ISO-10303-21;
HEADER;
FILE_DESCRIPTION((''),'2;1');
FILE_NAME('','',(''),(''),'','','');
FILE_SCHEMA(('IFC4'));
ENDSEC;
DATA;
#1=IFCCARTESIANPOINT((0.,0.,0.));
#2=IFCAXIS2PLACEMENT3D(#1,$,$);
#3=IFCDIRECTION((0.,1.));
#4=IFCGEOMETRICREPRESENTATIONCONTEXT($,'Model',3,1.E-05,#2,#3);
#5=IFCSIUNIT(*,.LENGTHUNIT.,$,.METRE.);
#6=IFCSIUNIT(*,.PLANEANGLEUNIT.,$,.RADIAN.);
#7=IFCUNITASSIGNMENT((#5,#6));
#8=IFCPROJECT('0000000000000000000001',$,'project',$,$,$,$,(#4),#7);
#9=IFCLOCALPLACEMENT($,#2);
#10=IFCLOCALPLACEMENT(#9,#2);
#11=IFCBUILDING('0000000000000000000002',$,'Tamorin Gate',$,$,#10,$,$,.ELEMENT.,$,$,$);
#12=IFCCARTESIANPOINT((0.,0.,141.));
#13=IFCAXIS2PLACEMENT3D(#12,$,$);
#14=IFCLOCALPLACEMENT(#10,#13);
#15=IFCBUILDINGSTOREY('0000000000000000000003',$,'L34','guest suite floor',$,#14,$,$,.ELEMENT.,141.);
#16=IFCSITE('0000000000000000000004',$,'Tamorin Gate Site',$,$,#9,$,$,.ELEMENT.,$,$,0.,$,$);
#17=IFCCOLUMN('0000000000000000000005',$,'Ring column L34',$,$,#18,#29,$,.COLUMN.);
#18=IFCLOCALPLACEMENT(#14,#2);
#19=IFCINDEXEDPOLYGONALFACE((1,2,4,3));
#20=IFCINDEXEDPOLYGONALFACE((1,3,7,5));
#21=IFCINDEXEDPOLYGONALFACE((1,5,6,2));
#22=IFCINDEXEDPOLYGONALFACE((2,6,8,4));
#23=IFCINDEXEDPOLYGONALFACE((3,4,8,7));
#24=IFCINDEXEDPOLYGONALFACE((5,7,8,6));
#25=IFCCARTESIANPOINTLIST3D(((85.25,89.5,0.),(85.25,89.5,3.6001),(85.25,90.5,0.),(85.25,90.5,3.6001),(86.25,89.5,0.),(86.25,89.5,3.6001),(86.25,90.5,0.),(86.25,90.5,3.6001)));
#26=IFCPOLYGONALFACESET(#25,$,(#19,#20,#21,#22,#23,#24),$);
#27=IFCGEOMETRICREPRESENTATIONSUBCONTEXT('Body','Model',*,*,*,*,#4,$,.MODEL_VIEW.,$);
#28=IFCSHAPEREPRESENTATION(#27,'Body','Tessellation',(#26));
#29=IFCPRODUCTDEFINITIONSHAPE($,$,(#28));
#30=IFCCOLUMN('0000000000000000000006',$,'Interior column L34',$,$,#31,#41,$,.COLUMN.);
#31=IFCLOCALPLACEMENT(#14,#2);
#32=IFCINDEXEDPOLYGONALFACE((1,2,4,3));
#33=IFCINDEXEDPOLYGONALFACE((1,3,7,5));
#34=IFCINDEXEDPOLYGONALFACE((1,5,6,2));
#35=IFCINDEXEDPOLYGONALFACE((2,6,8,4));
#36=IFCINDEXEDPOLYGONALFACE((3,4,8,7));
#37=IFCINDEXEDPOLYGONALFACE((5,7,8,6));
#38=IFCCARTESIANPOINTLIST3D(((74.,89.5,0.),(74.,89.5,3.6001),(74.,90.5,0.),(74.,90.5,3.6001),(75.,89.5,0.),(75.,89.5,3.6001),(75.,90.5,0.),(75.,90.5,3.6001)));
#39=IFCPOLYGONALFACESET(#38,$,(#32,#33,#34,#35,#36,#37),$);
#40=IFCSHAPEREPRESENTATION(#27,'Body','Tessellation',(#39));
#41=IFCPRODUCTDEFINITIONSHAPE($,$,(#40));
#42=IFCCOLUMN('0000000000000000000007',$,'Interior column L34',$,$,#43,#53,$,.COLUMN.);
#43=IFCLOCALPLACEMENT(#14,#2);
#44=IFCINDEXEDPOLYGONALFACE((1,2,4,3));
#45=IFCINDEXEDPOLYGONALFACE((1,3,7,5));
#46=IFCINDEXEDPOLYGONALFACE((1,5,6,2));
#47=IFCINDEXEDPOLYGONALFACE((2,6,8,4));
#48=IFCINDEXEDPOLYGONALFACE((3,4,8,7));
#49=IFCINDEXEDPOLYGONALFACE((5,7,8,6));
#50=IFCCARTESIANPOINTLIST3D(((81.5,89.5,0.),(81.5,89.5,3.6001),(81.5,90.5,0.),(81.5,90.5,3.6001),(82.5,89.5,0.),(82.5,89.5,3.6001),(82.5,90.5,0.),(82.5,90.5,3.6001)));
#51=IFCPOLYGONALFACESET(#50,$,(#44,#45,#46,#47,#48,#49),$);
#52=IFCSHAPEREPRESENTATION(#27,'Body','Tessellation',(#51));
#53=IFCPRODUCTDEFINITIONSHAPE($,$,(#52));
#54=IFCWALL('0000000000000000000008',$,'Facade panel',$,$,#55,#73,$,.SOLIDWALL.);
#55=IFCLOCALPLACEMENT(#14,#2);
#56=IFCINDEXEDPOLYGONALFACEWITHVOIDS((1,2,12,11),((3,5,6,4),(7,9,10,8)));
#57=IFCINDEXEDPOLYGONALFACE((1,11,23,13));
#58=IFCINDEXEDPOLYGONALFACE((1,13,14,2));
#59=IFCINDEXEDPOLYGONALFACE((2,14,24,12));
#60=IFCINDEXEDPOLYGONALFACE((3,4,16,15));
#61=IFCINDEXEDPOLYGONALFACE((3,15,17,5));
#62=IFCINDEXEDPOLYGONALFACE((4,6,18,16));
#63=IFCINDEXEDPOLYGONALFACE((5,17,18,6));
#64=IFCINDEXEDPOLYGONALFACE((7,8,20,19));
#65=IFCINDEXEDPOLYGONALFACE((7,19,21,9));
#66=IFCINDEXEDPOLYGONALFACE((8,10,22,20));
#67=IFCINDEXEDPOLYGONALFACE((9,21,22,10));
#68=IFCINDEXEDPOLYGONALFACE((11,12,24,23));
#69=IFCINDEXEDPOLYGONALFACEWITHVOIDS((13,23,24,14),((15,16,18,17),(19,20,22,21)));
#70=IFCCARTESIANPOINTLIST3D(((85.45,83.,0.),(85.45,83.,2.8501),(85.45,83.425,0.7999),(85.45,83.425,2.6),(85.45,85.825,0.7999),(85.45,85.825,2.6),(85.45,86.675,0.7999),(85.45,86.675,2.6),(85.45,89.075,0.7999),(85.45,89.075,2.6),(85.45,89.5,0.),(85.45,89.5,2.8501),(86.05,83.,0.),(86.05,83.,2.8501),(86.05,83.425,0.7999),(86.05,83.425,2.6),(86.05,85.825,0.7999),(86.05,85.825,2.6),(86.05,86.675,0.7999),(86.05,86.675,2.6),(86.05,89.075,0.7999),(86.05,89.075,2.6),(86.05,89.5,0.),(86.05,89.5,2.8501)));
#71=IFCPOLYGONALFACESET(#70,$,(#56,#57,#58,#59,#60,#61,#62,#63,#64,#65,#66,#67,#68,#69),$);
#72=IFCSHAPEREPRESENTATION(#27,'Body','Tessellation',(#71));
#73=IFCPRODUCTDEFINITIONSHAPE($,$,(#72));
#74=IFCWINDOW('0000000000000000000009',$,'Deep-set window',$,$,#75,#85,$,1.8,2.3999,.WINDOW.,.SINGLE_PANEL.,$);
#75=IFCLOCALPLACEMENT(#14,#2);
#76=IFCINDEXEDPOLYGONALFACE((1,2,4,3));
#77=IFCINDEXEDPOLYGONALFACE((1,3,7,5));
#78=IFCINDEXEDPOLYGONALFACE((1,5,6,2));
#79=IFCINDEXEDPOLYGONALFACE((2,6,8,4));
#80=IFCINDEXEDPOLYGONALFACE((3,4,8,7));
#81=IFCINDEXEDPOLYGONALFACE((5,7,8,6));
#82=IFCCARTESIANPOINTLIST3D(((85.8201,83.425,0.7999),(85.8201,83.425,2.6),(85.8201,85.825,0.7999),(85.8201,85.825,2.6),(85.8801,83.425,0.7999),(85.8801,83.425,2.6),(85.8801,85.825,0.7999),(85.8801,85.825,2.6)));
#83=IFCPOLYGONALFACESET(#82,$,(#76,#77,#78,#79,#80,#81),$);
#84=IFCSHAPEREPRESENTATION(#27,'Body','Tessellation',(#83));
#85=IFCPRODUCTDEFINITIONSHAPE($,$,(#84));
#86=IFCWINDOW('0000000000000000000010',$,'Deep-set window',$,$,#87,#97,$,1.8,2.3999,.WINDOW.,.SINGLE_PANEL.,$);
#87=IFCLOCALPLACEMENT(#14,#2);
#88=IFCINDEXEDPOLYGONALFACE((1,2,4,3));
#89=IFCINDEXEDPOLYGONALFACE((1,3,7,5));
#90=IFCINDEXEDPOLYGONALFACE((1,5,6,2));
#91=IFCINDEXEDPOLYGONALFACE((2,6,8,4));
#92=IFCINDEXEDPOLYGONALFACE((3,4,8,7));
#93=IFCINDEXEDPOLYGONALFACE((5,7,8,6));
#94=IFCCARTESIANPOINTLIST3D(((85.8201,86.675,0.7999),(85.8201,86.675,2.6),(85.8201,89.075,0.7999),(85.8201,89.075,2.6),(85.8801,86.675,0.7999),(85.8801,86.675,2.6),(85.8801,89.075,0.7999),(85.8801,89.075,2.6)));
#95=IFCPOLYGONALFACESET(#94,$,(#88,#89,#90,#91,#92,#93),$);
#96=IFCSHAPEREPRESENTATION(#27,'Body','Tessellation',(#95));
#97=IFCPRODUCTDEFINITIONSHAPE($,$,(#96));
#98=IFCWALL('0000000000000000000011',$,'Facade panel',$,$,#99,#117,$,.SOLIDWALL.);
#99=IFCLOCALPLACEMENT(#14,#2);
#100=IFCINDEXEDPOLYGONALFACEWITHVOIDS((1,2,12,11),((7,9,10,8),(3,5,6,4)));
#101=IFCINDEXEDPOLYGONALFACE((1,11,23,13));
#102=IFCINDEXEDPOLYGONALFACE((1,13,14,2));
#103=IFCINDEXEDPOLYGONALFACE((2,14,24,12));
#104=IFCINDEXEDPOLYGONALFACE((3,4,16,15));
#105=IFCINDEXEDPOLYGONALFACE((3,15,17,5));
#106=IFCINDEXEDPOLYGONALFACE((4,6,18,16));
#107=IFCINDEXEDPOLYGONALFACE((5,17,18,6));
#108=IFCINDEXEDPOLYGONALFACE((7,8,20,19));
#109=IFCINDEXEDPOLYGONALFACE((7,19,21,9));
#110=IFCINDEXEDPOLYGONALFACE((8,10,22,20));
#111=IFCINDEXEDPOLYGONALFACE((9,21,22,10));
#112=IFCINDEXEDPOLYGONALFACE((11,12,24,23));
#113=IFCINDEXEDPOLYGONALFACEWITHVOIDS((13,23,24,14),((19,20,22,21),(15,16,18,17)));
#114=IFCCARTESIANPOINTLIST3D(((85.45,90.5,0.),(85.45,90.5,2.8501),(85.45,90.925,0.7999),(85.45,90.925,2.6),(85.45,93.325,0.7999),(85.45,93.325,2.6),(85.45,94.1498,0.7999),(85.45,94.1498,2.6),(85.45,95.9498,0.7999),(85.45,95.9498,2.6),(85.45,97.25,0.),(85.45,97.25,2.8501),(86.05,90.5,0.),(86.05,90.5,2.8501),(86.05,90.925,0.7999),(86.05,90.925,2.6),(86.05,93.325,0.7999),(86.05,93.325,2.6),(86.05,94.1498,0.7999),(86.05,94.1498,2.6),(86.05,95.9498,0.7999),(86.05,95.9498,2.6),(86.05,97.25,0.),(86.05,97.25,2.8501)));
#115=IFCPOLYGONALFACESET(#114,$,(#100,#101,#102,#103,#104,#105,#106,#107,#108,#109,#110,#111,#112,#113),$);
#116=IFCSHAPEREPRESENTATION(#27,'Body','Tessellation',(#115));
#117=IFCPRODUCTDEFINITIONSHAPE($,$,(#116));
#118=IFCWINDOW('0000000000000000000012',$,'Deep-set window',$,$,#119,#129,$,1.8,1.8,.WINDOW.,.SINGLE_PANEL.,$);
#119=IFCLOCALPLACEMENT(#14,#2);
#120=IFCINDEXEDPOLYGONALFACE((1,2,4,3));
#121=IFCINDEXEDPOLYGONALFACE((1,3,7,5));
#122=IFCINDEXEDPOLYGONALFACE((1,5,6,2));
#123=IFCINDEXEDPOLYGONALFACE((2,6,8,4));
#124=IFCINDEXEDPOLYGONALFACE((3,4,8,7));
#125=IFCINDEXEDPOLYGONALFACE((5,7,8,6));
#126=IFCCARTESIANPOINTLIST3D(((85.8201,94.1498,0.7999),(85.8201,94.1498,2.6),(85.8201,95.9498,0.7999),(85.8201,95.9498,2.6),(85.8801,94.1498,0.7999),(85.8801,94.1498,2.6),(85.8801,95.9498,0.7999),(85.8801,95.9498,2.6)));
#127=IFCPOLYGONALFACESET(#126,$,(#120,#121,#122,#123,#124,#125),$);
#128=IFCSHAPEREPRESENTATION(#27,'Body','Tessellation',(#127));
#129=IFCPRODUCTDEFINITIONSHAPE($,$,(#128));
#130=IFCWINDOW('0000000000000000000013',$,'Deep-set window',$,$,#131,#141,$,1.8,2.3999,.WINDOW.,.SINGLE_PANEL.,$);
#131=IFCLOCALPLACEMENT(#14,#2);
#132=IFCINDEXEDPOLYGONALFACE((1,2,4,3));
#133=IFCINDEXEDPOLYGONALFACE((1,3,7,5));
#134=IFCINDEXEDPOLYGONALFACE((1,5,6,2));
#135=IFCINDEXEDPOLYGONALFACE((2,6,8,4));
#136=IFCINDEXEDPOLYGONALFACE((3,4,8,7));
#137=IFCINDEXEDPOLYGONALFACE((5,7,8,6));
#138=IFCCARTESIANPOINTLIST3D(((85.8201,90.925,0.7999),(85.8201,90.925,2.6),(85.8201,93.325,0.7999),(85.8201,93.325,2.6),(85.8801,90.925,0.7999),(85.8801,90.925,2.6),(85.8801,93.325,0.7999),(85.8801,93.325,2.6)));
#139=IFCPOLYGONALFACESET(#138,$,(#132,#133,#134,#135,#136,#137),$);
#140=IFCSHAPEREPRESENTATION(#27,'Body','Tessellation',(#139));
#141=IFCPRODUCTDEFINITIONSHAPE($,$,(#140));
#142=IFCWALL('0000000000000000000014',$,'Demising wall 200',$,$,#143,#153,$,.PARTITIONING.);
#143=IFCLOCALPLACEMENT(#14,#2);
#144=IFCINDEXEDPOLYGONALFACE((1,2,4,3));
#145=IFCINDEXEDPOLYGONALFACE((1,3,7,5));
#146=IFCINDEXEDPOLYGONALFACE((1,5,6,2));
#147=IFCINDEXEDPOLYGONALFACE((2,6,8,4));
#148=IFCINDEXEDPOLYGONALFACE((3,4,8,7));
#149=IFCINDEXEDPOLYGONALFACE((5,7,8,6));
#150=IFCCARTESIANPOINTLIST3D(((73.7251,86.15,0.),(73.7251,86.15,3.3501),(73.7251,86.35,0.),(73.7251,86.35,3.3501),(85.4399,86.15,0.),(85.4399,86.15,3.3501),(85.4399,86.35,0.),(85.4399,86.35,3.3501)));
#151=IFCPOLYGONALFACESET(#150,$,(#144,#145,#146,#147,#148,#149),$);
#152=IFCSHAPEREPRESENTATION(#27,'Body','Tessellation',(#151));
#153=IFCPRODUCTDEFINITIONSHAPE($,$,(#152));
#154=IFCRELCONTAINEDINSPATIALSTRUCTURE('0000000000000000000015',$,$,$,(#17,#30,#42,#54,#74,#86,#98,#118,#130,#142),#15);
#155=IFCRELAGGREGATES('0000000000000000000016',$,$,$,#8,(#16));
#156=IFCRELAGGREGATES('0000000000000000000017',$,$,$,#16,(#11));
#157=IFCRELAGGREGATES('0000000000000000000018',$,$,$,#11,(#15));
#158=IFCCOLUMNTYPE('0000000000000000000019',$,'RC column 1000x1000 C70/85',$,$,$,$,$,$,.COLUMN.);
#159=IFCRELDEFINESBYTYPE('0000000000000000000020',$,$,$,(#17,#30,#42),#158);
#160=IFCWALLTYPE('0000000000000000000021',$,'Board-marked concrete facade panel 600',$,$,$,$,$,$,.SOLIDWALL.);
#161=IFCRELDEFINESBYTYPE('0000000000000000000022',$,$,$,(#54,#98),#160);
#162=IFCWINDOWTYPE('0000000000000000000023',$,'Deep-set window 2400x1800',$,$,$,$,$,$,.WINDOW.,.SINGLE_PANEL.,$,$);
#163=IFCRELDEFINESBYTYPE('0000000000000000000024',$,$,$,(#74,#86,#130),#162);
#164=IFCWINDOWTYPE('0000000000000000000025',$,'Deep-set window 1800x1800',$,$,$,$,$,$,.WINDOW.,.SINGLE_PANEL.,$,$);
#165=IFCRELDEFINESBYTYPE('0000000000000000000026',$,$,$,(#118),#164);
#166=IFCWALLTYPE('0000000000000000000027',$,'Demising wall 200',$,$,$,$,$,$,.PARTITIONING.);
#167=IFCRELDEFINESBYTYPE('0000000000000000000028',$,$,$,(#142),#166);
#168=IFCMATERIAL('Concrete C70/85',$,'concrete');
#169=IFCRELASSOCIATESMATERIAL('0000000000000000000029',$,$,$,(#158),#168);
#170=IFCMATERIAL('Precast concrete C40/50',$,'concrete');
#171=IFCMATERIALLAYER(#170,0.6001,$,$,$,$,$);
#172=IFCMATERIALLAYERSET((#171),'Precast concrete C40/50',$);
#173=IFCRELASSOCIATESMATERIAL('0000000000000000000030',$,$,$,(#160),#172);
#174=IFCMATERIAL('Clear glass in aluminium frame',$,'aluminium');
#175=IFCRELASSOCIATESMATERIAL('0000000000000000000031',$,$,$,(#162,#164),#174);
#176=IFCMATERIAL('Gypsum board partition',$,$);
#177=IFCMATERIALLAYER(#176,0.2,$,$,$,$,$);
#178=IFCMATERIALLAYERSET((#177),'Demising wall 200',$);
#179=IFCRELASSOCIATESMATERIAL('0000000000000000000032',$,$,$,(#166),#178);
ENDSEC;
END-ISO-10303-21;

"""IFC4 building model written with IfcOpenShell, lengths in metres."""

from ifc_helpers import new_model, si_unit, direction, frame, frame_2d, origin, origin_2d, place, context, subcontext, project, spatial, rectangle, extrude, material, layer, layer_set, material_profile, profile_set, type_object, element, fill, save


model = new_model("IFC4")

# Units and contexts
model_context = context("Model", 3, precision=1e-05, world=origin(), true_north=direction((0.0, 1.0)))
body_context = subcontext(model_context, "Body", "Model", "MODEL_VIEW")
ifc_project = project(units=[si_unit("LENGTHUNIT", "METRE"), si_unit("PLANEANGLEUNIT", "RADIAN")], contexts=[model_context])

# Site, building, storey
site_placement = place(None, origin())
site = spatial("IfcSite", under=ifc_project, at=site_placement, Name="Tamorin Gate Site", CompositionType="ELEMENT", RefElevation=0.0)
building_placement = place(site_placement, origin())
building = spatial("IfcBuilding", under=site, at=building_placement, Name="Tamorin Gate", CompositionType="ELEMENT")
storey_placement = place(building_placement, frame((0.0, 0.0, 141.0)))
storey = spatial("IfcBuildingStorey", under=building, at=storey_placement, Name="L34", Description="guest suite floor", CompositionType="ELEMENT", Elevation=141.0)

# Columns
ifc_material_1 = material(Name="Concrete C70/85", Category="concrete")
ifc_material_profile = material_profile(ifc_material_1, rectangle(XDim=1.0, YDim=1.0, at=origin_2d()), Name="RC 1000x1000")
ifc_profile_set = profile_set([ifc_material_profile], Name="Concrete C70/85")
column_type = type_object("IfcColumnType", Name="RC column 1000x1000 C70/85", PredefinedType="COLUMN", material=ifc_profile_set)
for number, where, z_axis, x_axis, name in (
    (1, (85.75, 90.0, 0.0), (0.0, 0.0, 1.0), (1.0, 0.0, 0.0), "Ring column L34"),
    (2, (74.5, 90.0, 0.0), (0.0, 0.0, 1.0), (1.0, 0.0, 0.0), "Interior column L34"),
    (3, (82.0, 90.0, 0.0), (0.0, 0.0, 1.0), (1.0, 0.0, 0.0), "Interior column L34"),
):
    element("IfcColumn", number, at=place(storey_placement, frame(where, z_axis=z_axis, x_axis=x_axis)), inside=storey, type_object=column_type, Name=name, PredefinedType="COLUMN", context=body_context, shape_type="SweptSolid", body=[
        extrude(rectangle(XDim=1.0, YDim=1.0, at=origin_2d()), origin(), (0.0, 0.0, 1.0), 3.6001),
    ])

# Walls, openings, windows
ifc_material_2 = material(Name="Precast concrete C40/50", Category="concrete")
ifc_layer_1 = layer(ifc_material_2, 0.6001)
ifc_layer_set_1 = layer_set([ifc_layer_1], Name="Precast concrete C40/50")
wall_type_1 = type_object("IfcWallType", Name="Board-marked concrete facade panel 600", PredefinedType="SOLIDWALL", material=ifc_layer_set_1)
wall_1_placement = place(storey_placement, frame((85.75, 83.0, 0.0), z_axis=(0.0, 0.0, 1.0), x_axis=(0.0, 1.0, 0.0)))
wall_1 = element("IfcWall", 4, at=wall_1_placement, inside=storey, type_object=wall_type_1, Name="Facade panel", PredefinedType="SOLIDWALL", context=body_context, shape_type="SweptSolid", body=[
    extrude(rectangle(XDim=6.5, YDim=0.6001, at=frame_2d((3.25, 0.0))), origin(), (0.0, 0.0, 1.0), 2.8501),
])
opening_1_placement = place(wall_1_placement, frame((0.425, 0.0, 0.8)))
opening_1 = element("IfcOpeningElement", 5, at=opening_1_placement, cuts=wall_1, PredefinedType="OPENING", context=body_context, shape_type="SweptSolid", body=[
    extrude(rectangle(XDim=2.3999, YDim=1.8, at=frame_2d((1.2, 0.8999))), frame((0.0, 0.3101, 0.0), z_axis=(0.0, -1.0, 0.0), x_axis=(1.0, 0.0, 0.0)), (0.0, 0.0, 1.0), 0.6201),
])
opening_2_placement = place(wall_1_placement, frame((3.675, 0.0, 0.8)))
opening_2 = element("IfcOpeningElement", 6, at=opening_2_placement, cuts=wall_1, PredefinedType="OPENING", context=body_context, shape_type="SweptSolid", body=[
    extrude(rectangle(XDim=2.3999, YDim=1.8, at=frame_2d((1.2, 0.8999))), frame((0.0, 0.3101, 0.0), z_axis=(0.0, -1.0, 0.0), x_axis=(1.0, 0.0, 0.0)), (0.0, 0.0, 1.0), 0.6201),
])
ifc_material_3 = material(Name="Clear glass in aluminium frame", Category="aluminium")
window_type_1 = type_object("IfcWindowType", Name="Deep-set window 2400x1800", PartitioningType="SINGLE_PANEL", PredefinedType="WINDOW", material=ifc_material_3)
window_1_placement = place(opening_1_placement, origin())
window_1 = element("IfcWindow", 7, at=window_1_placement, inside=storey, type_object=window_type_1, Name="Deep-set window", OverallHeight=1.8, OverallWidth=2.3999, PartitioningType="SINGLE_PANEL", PredefinedType="WINDOW", context=body_context, shape_type="SweptSolid", body=[
    extrude(rectangle(XDim=2.3999, YDim=1.8, at=frame_2d((1.2, 0.8999))), frame((0.0, -0.0701, 0.0), z_axis=(0.0, -1.0, 0.0), x_axis=(1.0, 0.0, 0.0)), (0.0, 0.0, 1.0), 0.0601),
])
fill(opening_1, window_1)
window_2_placement = place(opening_2_placement, origin())
window_2 = element("IfcWindow", 8, at=window_2_placement, inside=storey, type_object=window_type_1, Name="Deep-set window", OverallHeight=1.8, OverallWidth=2.3999, PartitioningType="SINGLE_PANEL", PredefinedType="WINDOW", context=body_context, shape_type="SweptSolid", body=[
    extrude(rectangle(XDim=2.3999, YDim=1.8, at=frame_2d((1.2, 0.8999))), frame((0.0, -0.0701, 0.0), z_axis=(0.0, -1.0, 0.0), x_axis=(1.0, 0.0, 0.0)), (0.0, 0.0, 1.0), 0.0601),
])
fill(opening_2, window_2)
wall_2_placement = place(storey_placement, frame((85.75, 90.5, 0.0), z_axis=(0.0, 0.0, 1.0), x_axis=(0.0, 1.0, 0.0)))
wall_2 = element("IfcWall", 9, at=wall_2_placement, inside=storey, type_object=wall_type_1, Name="Facade panel", PredefinedType="SOLIDWALL", context=body_context, shape_type="SweptSolid", body=[
    extrude(rectangle(XDim=6.75, YDim=0.6001, at=frame_2d((3.375, 0.0))), origin(), (0.0, 0.0, 1.0), 2.8501),
])
opening_3_placement = place(wall_2_placement, frame((0.425, 0.0, 0.8)))
opening_3 = element("IfcOpeningElement", 10, at=opening_3_placement, cuts=wall_2, PredefinedType="OPENING", context=body_context, shape_type="SweptSolid", body=[
    extrude(rectangle(XDim=2.3999, YDim=1.8, at=frame_2d((1.2, 0.8999))), frame((0.0, 0.3101, 0.0), z_axis=(0.0, -1.0, 0.0), x_axis=(1.0, 0.0, 0.0)), (0.0, 0.0, 1.0), 0.6201),
])
opening_4_placement = place(wall_2_placement, frame((3.6499, 0.0, 0.8)))
opening_4 = element("IfcOpeningElement", 11, at=opening_4_placement, cuts=wall_2, PredefinedType="OPENING", context=body_context, shape_type="SweptSolid", body=[
    extrude(rectangle(XDim=1.8, YDim=1.8, at=frame_2d((0.8999, 0.8999))), frame((0.0, 0.3101, 0.0), z_axis=(0.0, -1.0, 0.0), x_axis=(1.0, 0.0, 0.0)), (0.0, 0.0, 1.0), 0.6201),
])
window_type_2 = type_object("IfcWindowType", Name="Deep-set window 1800x1800", PartitioningType="SINGLE_PANEL", PredefinedType="WINDOW", material=ifc_material_3)
window_3_placement = place(opening_4_placement, origin())
window_3 = element("IfcWindow", 12, at=window_3_placement, inside=storey, type_object=window_type_2, Name="Deep-set window", OverallHeight=1.8, OverallWidth=1.8, PartitioningType="SINGLE_PANEL", PredefinedType="WINDOW", context=body_context, shape_type="SweptSolid", body=[
    extrude(rectangle(XDim=1.8, YDim=1.8, at=frame_2d((0.8999, 0.8999))), frame((0.0, -0.0701, 0.0), z_axis=(0.0, -1.0, 0.0), x_axis=(1.0, 0.0, 0.0)), (0.0, 0.0, 1.0), 0.0601),
])
fill(opening_4, window_3)
window_4_placement = place(opening_3_placement, origin())
window_4 = element("IfcWindow", 13, at=window_4_placement, inside=storey, type_object=window_type_1, Name="Deep-set window", OverallHeight=1.8, OverallWidth=2.3999, PartitioningType="SINGLE_PANEL", PredefinedType="WINDOW", context=body_context, shape_type="SweptSolid", body=[
    extrude(rectangle(XDim=2.3999, YDim=1.8, at=frame_2d((1.2, 0.8999))), frame((0.0, -0.0701, 0.0), z_axis=(0.0, -1.0, 0.0), x_axis=(1.0, 0.0, 0.0)), (0.0, 0.0, 1.0), 0.0601),
])
fill(opening_3, window_4)

# Wall
ifc_material_4 = material(Name="Gypsum board partition")
ifc_layer_2 = layer(ifc_material_4, 0.2)
ifc_layer_set_2 = layer_set([ifc_layer_2], Name="Demising wall 200")
wall_type_2 = type_object("IfcWallType", Name="Demising wall 200", PredefinedType="PARTITIONING", material=ifc_layer_set_2)
wall_3_placement = place(storey_placement, frame((73.7251, 86.25, 0.0), z_axis=(0.0, 0.0, 1.0), x_axis=(1.0, 0.0, 0.0)))
element("IfcWall", 14, at=wall_3_placement, inside=storey, type_object=wall_type_2, Name="Demising wall 200", PredefinedType="PARTITIONING", context=body_context, shape_type="SweptSolid", body=[
    extrude(rectangle(XDim=11.7148, YDim=0.2, at=frame_2d((5.8574, 0.0))), origin(), (0.0, 0.0, 1.0), 3.3501),
])

save(model, "model.ifc")
